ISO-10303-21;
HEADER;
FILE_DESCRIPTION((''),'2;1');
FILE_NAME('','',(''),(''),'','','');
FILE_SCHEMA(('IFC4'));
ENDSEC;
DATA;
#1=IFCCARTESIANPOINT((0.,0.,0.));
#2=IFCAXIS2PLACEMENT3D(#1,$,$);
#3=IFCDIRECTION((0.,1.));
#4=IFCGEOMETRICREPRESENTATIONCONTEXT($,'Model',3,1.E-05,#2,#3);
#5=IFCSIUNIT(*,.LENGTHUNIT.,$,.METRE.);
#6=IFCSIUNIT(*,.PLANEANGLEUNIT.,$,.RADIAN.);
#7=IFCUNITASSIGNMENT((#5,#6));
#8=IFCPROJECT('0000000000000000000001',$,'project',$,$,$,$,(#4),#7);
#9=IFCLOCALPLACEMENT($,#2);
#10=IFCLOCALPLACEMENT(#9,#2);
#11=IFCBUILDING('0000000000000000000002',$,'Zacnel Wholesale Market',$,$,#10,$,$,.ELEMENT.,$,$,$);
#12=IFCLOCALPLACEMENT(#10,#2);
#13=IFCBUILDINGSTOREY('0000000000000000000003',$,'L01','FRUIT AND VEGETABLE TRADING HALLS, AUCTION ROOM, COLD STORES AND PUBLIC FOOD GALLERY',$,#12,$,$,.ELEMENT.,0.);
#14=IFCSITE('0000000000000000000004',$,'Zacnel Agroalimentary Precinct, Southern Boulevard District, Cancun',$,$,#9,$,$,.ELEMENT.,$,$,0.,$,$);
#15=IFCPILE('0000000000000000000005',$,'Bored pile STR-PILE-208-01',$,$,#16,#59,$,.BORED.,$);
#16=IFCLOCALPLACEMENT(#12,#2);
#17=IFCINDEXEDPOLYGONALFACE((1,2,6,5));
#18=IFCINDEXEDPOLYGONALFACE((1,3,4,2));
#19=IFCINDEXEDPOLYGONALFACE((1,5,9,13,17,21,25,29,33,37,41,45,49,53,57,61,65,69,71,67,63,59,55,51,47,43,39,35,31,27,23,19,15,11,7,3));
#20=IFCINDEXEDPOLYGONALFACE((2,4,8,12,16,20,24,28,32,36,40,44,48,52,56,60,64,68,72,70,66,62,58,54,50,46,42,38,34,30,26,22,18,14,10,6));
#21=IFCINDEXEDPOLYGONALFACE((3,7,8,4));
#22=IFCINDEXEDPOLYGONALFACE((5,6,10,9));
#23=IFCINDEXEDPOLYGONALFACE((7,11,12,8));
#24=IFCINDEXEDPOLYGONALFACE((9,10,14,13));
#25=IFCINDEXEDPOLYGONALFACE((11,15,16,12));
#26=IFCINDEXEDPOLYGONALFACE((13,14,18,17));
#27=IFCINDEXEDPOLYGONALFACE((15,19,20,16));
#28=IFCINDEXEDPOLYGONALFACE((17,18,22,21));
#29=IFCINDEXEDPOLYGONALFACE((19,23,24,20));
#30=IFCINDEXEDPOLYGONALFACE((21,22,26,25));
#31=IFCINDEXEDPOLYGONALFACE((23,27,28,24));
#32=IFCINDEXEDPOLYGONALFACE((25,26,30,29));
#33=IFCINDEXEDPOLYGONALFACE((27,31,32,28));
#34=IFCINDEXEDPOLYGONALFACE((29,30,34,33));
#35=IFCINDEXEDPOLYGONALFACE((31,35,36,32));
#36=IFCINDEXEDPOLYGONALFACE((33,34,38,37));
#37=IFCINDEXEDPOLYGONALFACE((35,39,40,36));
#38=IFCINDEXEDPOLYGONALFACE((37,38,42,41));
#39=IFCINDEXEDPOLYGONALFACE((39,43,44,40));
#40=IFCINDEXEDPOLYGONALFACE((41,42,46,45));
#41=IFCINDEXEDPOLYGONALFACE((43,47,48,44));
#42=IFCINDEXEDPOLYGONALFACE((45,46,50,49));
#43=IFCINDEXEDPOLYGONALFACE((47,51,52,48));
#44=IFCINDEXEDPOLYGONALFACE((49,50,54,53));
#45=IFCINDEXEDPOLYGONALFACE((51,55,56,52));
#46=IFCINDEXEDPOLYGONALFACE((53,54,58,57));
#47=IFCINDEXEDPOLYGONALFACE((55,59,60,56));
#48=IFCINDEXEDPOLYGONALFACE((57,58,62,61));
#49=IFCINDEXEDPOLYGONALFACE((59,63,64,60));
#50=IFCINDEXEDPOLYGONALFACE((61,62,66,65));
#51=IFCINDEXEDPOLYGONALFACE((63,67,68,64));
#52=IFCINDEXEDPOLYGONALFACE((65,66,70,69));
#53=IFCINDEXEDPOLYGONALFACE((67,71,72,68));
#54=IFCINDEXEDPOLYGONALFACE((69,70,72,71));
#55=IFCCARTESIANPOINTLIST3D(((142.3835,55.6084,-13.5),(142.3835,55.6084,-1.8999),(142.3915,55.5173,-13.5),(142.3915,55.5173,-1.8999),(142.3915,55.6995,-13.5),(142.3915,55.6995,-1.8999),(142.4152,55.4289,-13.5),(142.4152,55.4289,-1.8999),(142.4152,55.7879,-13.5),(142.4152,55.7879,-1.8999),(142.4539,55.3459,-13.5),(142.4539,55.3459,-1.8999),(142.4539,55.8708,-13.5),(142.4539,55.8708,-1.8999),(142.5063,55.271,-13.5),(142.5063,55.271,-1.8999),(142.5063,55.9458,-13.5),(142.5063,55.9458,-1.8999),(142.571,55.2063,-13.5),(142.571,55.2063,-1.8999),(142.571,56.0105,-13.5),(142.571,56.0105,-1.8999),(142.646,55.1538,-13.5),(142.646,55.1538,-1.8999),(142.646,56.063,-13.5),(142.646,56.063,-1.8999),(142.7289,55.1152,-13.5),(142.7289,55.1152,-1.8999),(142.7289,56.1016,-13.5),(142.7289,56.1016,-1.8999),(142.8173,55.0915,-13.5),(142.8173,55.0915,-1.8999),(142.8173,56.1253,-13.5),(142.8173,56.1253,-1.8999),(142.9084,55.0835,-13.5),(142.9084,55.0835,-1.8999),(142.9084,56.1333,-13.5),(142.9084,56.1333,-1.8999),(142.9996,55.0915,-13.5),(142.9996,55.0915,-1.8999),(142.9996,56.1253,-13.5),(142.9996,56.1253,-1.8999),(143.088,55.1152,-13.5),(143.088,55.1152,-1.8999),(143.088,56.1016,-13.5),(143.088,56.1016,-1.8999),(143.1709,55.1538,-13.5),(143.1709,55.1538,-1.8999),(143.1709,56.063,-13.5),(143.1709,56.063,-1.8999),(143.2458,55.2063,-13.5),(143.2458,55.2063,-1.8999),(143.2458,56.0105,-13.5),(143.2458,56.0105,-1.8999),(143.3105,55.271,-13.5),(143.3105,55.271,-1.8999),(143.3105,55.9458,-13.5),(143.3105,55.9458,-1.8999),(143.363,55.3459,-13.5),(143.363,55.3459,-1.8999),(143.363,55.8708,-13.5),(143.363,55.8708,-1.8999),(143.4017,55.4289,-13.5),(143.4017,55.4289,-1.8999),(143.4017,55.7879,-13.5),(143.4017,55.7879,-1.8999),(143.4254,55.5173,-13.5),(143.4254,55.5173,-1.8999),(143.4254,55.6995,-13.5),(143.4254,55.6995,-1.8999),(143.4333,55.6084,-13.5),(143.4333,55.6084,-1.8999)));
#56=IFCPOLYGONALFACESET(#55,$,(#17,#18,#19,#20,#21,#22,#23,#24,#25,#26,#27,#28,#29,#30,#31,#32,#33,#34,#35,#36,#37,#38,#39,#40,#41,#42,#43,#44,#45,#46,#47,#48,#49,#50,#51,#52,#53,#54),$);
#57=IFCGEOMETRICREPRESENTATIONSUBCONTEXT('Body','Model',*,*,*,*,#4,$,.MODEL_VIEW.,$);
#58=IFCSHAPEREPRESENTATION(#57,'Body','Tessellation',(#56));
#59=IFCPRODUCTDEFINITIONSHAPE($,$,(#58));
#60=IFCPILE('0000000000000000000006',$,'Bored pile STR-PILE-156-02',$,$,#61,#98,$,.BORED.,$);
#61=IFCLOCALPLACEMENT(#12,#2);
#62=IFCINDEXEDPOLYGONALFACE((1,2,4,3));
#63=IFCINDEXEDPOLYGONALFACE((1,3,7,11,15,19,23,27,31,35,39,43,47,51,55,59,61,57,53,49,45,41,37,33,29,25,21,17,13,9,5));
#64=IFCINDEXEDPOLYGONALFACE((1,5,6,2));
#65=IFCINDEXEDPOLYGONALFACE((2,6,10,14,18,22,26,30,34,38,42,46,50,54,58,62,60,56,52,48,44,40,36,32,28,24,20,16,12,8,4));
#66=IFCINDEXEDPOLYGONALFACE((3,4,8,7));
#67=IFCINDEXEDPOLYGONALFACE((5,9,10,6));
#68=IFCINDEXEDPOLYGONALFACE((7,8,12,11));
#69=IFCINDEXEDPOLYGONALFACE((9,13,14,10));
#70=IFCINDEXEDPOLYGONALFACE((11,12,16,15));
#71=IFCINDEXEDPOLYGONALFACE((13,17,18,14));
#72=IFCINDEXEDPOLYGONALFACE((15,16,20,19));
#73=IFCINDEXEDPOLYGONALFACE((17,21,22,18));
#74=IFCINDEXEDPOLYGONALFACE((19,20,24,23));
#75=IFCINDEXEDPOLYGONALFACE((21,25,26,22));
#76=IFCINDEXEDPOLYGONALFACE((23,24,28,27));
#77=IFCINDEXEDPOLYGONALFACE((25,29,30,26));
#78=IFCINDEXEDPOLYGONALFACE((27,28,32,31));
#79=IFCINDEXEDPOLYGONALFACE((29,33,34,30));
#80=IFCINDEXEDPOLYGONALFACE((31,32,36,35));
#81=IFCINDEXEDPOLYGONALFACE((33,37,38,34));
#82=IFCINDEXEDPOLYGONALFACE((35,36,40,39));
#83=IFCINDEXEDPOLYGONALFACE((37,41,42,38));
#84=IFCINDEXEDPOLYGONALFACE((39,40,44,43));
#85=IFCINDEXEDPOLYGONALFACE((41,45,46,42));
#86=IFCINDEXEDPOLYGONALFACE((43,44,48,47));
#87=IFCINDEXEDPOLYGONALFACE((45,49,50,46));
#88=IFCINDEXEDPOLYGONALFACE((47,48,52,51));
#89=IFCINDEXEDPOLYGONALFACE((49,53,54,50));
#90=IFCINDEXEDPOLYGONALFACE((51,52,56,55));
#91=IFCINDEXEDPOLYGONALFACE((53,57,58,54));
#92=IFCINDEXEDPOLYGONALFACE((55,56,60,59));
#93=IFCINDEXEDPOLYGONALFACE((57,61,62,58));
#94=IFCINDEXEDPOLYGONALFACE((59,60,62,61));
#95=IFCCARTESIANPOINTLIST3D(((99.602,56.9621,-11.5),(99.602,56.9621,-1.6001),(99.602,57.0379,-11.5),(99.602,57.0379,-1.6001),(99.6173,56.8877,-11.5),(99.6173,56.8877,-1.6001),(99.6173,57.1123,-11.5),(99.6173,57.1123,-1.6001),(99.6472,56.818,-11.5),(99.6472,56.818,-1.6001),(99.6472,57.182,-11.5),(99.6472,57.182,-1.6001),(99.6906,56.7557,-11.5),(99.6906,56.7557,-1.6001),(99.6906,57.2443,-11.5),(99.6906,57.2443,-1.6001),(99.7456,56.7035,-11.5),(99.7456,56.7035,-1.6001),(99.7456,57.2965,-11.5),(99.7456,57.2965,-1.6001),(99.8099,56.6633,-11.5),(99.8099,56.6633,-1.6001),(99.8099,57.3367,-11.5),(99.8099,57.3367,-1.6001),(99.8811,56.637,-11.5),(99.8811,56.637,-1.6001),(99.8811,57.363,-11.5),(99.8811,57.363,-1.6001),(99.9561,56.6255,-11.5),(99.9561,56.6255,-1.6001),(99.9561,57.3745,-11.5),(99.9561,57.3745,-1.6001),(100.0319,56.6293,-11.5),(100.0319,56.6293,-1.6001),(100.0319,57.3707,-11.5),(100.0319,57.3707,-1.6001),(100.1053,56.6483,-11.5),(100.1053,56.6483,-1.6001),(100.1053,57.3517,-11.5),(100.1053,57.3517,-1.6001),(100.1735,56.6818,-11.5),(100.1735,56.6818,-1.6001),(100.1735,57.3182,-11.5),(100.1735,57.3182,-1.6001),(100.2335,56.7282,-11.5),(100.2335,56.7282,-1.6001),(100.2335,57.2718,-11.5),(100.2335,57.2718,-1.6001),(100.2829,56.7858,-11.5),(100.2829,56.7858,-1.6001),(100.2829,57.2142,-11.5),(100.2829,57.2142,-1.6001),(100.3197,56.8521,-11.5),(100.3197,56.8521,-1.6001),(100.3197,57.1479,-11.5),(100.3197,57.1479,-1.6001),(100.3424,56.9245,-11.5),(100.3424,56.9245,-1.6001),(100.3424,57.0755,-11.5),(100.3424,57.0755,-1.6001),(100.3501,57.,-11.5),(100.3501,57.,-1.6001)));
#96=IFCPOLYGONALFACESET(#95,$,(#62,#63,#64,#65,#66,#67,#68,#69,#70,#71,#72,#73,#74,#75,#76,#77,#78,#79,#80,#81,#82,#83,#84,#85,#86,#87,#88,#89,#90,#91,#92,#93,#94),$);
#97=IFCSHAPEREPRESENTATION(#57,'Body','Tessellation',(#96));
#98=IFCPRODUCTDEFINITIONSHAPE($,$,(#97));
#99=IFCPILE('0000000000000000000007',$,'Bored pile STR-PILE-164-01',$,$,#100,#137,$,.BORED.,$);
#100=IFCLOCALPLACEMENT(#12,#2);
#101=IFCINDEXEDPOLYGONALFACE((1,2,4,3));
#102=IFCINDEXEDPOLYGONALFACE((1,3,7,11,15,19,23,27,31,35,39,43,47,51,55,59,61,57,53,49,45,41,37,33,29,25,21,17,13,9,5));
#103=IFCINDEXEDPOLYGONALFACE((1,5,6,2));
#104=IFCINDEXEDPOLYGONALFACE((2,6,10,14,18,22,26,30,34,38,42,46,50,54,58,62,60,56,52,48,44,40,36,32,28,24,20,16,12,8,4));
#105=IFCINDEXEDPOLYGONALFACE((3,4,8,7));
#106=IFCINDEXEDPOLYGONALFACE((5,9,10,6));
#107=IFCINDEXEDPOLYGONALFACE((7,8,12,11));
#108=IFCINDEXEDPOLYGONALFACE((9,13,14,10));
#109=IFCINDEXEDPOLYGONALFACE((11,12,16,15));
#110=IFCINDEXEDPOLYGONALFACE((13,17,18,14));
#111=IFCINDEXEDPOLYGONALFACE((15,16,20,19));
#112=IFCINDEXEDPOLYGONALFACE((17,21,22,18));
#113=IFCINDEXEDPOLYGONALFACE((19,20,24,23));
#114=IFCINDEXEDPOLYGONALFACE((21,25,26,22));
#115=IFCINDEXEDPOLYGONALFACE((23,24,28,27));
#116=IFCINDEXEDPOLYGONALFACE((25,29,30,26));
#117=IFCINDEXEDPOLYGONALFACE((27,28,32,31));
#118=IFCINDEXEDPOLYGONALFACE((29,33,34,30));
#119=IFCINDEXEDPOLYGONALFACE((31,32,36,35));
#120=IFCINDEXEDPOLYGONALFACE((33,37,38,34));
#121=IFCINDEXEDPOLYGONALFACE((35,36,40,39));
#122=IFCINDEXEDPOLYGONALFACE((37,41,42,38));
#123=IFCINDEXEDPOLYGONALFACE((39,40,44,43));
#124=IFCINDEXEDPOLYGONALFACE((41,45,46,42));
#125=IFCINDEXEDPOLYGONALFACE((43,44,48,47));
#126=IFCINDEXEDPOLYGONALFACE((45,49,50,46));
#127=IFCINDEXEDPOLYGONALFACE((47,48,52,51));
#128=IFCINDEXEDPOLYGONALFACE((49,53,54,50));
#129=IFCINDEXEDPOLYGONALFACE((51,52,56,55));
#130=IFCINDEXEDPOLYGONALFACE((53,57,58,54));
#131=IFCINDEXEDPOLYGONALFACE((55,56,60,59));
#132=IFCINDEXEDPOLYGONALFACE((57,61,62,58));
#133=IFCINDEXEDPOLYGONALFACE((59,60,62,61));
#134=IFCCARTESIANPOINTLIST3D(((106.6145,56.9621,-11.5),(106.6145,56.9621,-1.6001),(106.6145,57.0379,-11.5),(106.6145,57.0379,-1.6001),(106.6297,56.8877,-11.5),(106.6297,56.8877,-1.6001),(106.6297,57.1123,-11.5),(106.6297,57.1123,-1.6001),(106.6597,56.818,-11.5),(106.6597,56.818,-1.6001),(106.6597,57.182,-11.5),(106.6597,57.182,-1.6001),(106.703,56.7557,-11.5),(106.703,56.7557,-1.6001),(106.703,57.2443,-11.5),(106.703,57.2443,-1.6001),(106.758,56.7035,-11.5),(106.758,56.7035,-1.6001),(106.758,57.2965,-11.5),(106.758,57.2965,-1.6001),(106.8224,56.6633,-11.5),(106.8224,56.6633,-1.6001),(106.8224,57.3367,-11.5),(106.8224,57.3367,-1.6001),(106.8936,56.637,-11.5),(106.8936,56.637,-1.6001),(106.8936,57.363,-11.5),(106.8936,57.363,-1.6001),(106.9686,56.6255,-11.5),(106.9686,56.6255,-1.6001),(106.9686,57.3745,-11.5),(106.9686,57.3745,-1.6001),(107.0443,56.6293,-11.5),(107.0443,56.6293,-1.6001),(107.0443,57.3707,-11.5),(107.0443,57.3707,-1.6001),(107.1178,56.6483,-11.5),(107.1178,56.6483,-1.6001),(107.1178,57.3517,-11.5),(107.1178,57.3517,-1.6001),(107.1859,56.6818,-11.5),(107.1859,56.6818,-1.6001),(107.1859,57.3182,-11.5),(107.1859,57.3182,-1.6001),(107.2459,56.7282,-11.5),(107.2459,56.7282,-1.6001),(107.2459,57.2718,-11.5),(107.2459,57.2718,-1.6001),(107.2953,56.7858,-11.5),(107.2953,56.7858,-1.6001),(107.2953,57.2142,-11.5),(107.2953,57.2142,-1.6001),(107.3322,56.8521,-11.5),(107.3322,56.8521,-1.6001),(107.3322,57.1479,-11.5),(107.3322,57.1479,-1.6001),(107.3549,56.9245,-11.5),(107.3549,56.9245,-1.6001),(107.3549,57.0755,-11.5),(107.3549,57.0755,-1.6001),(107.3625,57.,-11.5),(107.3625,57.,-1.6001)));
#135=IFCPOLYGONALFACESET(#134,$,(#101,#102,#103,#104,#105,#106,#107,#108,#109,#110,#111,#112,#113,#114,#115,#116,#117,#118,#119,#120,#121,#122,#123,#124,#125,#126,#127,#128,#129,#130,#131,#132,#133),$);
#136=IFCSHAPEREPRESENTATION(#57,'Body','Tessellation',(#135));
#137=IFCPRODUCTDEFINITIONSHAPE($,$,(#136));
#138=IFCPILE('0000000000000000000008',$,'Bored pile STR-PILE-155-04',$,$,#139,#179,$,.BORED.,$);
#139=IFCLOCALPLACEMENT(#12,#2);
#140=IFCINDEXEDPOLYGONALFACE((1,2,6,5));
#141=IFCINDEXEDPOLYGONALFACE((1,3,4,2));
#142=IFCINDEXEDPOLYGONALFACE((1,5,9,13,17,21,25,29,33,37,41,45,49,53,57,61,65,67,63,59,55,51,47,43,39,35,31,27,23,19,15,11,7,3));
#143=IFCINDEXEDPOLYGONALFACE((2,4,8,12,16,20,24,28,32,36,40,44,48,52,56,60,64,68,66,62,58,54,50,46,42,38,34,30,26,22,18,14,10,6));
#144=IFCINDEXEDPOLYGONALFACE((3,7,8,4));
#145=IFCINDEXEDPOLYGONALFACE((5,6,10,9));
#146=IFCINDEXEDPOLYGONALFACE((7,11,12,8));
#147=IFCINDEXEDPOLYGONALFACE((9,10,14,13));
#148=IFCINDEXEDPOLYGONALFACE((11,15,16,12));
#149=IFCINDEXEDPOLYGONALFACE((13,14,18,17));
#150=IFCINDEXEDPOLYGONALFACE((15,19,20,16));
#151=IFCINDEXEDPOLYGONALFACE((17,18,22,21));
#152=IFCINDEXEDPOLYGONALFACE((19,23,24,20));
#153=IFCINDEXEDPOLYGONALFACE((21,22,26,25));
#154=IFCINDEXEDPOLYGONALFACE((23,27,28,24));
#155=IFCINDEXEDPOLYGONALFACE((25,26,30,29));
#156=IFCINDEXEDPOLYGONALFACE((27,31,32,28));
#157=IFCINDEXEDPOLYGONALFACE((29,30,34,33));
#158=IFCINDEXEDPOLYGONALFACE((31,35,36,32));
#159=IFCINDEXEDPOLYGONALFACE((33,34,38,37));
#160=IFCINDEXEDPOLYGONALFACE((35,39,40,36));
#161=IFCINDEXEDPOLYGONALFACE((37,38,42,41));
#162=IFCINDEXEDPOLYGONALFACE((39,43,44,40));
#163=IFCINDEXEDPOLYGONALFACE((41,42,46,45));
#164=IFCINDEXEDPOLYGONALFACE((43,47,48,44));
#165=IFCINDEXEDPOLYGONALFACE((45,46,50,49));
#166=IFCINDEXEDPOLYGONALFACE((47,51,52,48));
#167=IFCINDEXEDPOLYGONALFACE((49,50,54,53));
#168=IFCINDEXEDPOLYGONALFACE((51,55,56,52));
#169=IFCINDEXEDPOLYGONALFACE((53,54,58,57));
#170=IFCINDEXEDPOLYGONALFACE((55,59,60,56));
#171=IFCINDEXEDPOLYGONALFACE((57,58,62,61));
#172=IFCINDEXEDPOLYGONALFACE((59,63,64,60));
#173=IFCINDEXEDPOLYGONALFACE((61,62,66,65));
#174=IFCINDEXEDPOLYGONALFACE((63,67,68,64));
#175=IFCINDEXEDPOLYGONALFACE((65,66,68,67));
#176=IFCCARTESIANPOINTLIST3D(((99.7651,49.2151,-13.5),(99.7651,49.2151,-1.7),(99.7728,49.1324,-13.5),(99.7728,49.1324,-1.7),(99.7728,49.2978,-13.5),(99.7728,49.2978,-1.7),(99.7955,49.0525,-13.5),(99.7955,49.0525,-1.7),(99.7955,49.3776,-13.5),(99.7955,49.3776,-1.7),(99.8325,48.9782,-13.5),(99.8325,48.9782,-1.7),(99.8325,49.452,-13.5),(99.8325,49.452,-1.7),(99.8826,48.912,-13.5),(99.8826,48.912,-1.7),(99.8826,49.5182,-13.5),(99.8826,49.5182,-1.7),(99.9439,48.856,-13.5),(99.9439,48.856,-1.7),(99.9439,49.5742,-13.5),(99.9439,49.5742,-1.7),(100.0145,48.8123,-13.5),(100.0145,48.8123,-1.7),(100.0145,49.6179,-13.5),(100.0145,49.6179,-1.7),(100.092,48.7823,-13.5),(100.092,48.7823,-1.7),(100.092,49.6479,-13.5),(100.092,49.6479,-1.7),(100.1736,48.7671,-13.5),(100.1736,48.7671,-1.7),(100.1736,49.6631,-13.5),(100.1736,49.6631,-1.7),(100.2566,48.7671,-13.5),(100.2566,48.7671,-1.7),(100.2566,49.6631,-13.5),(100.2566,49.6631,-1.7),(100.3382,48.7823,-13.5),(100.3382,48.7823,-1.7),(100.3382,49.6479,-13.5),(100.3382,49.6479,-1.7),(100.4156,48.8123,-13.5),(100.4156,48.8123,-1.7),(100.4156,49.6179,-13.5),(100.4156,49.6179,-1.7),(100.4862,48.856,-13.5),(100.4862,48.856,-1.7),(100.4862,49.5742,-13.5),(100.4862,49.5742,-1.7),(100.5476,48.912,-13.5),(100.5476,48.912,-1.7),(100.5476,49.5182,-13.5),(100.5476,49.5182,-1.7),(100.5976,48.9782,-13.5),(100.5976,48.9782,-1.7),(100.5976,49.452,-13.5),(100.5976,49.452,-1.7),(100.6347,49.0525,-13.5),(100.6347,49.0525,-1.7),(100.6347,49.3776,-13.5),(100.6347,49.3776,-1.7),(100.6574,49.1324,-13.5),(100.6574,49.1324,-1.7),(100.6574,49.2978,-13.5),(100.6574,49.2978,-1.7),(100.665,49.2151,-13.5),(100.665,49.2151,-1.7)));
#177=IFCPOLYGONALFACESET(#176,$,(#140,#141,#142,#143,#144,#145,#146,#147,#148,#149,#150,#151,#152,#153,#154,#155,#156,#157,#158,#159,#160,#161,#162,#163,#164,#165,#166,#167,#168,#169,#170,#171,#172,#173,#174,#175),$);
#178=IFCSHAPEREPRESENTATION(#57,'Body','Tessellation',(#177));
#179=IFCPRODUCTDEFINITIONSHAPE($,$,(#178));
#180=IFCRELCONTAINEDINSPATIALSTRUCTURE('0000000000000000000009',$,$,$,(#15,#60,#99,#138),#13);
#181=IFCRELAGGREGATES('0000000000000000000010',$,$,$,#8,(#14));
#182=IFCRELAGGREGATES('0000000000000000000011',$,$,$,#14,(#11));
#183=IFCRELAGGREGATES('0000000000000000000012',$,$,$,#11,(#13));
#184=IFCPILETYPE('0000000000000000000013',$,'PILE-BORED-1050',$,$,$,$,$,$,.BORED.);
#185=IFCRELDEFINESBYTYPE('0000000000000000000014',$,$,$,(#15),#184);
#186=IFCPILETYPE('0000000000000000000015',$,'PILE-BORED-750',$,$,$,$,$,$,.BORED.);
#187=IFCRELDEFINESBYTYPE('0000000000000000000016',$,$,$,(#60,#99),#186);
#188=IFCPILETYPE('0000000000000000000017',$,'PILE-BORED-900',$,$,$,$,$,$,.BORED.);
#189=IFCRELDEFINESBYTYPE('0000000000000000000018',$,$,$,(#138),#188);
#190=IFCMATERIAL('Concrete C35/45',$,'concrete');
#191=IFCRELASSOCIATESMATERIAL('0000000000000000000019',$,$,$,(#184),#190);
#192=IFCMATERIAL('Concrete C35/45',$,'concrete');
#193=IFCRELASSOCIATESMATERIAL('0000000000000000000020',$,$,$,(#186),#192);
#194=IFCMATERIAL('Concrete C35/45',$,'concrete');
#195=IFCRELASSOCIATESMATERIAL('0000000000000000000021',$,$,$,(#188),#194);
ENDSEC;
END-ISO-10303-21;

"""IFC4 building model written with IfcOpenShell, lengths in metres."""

from ifc_helpers import new_model, si_unit, direction, frame, origin, origin_2d, place, context, subcontext, project, spatial, circle, extrude, material, material_profile, profile_set, type_object, element, save


model = new_model("IFC4")

# Units and contexts
model_context = context("Model", 3, precision=1e-05, world=origin(), true_north=direction((0.0, 1.0)))
body_context = subcontext(model_context, "Body", "Model", "MODEL_VIEW")
ifc_project = project(units=[si_unit("LENGTHUNIT", "METRE"), si_unit("PLANEANGLEUNIT", "RADIAN")], contexts=[model_context])

# Site, building, storey
site_placement = place(None, origin())
site = spatial("IfcSite", under=ifc_project, at=site_placement, Name="Zacnel Agroalimentary Precinct, Southern Boulevard District, Cancun", CompositionType="ELEMENT", RefElevation=0.0)
building_placement = place(site_placement, origin())
building = spatial("IfcBuilding", under=site, at=building_placement, Name="Zacnel Wholesale Market", CompositionType="ELEMENT")
storey_placement = place(building_placement, origin())
storey = spatial("IfcBuildingStorey", under=building, at=storey_placement, Name="L01", Description="FRUIT AND VEGETABLE TRADING HALLS, AUCTION ROOM, COLD STORES AND PUBLIC FOOD GALLERY", CompositionType="ELEMENT", Elevation=0.0)

# Piles
ifc_material_1 = material(Name="Concrete C35/45", Category="concrete")
ifc_material_profile_1 = material_profile(ifc_material_1, circle(Radius=0.5249, at=origin_2d()), Name="BORED PILE D1050")
ifc_profile_set_1 = profile_set([ifc_material_profile_1], Name="Concrete C35/45")
pile_type_1 = type_object("IfcPileType", Name="PILE-BORED-1050", PredefinedType="BORED", material=ifc_profile_set_1)
pile_placement = place(storey_placement, frame((142.9084, 55.6084, -1.8999), z_axis=(0.0, 0.0, -1.0), x_axis=(1.0, 0.0, 0.0)))
element("IfcPile", 1, at=pile_placement, inside=storey, type_object=pile_type_1, Name="Bored pile STR-PILE-208-01", PredefinedType="BORED", context=body_context, shape_type="SweptSolid", body=[
    extrude(circle(Radius=0.5249, at=origin_2d()), origin(), (0.0, 0.0, 1.0), 11.6001),
])
ifc_material_2 = material(Name="Concrete C35/45", Category="concrete")
ifc_material_profile_2 = material_profile(ifc_material_2, circle(Radius=0.375, at=origin_2d()), Name="BORED PILE D750")
ifc_profile_set_2 = profile_set([ifc_material_profile_2], Name="Concrete C35/45")
pile_type_2 = type_object("IfcPileType", Name="PILE-BORED-750", PredefinedType="BORED", material=ifc_profile_set_2)
for number, where, z_axis, x_axis, name in (
    (2, (99.9751, 57.0, -1.6001), (0.0, 0.0, -1.0), (1.0, 0.0, 0.0), "Bored pile STR-PILE-156-02"),
    (3, (106.9875, 57.0, -1.6001), (0.0, 0.0, -1.0), (1.0, 0.0, 0.0), "Bored pile STR-PILE-164-01"),
):
    element("IfcPile", number, at=place(storey_placement, frame(where, z_axis=z_axis, x_axis=x_axis)), inside=storey, type_object=pile_type_2, Name=name, PredefinedType="BORED", context=body_context, shape_type="SweptSolid", body=[
        extrude(circle(Radius=0.375, at=origin_2d()), origin(), (0.0, 0.0, 1.0), 9.8999),
    ])
ifc_material_3 = material(Name="Concrete C35/45", Category="concrete")
ifc_material_profile_3 = material_profile(ifc_material_3, circle(Radius=0.45, at=origin_2d()), Name="BORED PILE D900")
ifc_profile_set_3 = profile_set([ifc_material_profile_3], Name="Concrete C35/45")
pile_type_3 = type_object("IfcPileType", Name="PILE-BORED-900", PredefinedType="BORED", material=ifc_profile_set_3)
for number, where, z_axis, x_axis, name in (
    (4, (100.2151, 49.2151, -1.7), (0.0, 0.0, -1.0), (1.0, 0.0, 0.0), "Bored pile STR-PILE-155-04"),
):
    element("IfcPile", number, at=place(storey_placement, frame(where, z_axis=z_axis, x_axis=x_axis)), inside=storey, type_object=pile_type_3, Name=name, PredefinedType="BORED", context=body_context, shape_type="SweptSolid", body=[
        extrude(circle(Radius=0.45, at=origin_2d()), origin(), (0.0, 0.0, 1.0), 11.8),
    ])

save(model, "model.ifc")
